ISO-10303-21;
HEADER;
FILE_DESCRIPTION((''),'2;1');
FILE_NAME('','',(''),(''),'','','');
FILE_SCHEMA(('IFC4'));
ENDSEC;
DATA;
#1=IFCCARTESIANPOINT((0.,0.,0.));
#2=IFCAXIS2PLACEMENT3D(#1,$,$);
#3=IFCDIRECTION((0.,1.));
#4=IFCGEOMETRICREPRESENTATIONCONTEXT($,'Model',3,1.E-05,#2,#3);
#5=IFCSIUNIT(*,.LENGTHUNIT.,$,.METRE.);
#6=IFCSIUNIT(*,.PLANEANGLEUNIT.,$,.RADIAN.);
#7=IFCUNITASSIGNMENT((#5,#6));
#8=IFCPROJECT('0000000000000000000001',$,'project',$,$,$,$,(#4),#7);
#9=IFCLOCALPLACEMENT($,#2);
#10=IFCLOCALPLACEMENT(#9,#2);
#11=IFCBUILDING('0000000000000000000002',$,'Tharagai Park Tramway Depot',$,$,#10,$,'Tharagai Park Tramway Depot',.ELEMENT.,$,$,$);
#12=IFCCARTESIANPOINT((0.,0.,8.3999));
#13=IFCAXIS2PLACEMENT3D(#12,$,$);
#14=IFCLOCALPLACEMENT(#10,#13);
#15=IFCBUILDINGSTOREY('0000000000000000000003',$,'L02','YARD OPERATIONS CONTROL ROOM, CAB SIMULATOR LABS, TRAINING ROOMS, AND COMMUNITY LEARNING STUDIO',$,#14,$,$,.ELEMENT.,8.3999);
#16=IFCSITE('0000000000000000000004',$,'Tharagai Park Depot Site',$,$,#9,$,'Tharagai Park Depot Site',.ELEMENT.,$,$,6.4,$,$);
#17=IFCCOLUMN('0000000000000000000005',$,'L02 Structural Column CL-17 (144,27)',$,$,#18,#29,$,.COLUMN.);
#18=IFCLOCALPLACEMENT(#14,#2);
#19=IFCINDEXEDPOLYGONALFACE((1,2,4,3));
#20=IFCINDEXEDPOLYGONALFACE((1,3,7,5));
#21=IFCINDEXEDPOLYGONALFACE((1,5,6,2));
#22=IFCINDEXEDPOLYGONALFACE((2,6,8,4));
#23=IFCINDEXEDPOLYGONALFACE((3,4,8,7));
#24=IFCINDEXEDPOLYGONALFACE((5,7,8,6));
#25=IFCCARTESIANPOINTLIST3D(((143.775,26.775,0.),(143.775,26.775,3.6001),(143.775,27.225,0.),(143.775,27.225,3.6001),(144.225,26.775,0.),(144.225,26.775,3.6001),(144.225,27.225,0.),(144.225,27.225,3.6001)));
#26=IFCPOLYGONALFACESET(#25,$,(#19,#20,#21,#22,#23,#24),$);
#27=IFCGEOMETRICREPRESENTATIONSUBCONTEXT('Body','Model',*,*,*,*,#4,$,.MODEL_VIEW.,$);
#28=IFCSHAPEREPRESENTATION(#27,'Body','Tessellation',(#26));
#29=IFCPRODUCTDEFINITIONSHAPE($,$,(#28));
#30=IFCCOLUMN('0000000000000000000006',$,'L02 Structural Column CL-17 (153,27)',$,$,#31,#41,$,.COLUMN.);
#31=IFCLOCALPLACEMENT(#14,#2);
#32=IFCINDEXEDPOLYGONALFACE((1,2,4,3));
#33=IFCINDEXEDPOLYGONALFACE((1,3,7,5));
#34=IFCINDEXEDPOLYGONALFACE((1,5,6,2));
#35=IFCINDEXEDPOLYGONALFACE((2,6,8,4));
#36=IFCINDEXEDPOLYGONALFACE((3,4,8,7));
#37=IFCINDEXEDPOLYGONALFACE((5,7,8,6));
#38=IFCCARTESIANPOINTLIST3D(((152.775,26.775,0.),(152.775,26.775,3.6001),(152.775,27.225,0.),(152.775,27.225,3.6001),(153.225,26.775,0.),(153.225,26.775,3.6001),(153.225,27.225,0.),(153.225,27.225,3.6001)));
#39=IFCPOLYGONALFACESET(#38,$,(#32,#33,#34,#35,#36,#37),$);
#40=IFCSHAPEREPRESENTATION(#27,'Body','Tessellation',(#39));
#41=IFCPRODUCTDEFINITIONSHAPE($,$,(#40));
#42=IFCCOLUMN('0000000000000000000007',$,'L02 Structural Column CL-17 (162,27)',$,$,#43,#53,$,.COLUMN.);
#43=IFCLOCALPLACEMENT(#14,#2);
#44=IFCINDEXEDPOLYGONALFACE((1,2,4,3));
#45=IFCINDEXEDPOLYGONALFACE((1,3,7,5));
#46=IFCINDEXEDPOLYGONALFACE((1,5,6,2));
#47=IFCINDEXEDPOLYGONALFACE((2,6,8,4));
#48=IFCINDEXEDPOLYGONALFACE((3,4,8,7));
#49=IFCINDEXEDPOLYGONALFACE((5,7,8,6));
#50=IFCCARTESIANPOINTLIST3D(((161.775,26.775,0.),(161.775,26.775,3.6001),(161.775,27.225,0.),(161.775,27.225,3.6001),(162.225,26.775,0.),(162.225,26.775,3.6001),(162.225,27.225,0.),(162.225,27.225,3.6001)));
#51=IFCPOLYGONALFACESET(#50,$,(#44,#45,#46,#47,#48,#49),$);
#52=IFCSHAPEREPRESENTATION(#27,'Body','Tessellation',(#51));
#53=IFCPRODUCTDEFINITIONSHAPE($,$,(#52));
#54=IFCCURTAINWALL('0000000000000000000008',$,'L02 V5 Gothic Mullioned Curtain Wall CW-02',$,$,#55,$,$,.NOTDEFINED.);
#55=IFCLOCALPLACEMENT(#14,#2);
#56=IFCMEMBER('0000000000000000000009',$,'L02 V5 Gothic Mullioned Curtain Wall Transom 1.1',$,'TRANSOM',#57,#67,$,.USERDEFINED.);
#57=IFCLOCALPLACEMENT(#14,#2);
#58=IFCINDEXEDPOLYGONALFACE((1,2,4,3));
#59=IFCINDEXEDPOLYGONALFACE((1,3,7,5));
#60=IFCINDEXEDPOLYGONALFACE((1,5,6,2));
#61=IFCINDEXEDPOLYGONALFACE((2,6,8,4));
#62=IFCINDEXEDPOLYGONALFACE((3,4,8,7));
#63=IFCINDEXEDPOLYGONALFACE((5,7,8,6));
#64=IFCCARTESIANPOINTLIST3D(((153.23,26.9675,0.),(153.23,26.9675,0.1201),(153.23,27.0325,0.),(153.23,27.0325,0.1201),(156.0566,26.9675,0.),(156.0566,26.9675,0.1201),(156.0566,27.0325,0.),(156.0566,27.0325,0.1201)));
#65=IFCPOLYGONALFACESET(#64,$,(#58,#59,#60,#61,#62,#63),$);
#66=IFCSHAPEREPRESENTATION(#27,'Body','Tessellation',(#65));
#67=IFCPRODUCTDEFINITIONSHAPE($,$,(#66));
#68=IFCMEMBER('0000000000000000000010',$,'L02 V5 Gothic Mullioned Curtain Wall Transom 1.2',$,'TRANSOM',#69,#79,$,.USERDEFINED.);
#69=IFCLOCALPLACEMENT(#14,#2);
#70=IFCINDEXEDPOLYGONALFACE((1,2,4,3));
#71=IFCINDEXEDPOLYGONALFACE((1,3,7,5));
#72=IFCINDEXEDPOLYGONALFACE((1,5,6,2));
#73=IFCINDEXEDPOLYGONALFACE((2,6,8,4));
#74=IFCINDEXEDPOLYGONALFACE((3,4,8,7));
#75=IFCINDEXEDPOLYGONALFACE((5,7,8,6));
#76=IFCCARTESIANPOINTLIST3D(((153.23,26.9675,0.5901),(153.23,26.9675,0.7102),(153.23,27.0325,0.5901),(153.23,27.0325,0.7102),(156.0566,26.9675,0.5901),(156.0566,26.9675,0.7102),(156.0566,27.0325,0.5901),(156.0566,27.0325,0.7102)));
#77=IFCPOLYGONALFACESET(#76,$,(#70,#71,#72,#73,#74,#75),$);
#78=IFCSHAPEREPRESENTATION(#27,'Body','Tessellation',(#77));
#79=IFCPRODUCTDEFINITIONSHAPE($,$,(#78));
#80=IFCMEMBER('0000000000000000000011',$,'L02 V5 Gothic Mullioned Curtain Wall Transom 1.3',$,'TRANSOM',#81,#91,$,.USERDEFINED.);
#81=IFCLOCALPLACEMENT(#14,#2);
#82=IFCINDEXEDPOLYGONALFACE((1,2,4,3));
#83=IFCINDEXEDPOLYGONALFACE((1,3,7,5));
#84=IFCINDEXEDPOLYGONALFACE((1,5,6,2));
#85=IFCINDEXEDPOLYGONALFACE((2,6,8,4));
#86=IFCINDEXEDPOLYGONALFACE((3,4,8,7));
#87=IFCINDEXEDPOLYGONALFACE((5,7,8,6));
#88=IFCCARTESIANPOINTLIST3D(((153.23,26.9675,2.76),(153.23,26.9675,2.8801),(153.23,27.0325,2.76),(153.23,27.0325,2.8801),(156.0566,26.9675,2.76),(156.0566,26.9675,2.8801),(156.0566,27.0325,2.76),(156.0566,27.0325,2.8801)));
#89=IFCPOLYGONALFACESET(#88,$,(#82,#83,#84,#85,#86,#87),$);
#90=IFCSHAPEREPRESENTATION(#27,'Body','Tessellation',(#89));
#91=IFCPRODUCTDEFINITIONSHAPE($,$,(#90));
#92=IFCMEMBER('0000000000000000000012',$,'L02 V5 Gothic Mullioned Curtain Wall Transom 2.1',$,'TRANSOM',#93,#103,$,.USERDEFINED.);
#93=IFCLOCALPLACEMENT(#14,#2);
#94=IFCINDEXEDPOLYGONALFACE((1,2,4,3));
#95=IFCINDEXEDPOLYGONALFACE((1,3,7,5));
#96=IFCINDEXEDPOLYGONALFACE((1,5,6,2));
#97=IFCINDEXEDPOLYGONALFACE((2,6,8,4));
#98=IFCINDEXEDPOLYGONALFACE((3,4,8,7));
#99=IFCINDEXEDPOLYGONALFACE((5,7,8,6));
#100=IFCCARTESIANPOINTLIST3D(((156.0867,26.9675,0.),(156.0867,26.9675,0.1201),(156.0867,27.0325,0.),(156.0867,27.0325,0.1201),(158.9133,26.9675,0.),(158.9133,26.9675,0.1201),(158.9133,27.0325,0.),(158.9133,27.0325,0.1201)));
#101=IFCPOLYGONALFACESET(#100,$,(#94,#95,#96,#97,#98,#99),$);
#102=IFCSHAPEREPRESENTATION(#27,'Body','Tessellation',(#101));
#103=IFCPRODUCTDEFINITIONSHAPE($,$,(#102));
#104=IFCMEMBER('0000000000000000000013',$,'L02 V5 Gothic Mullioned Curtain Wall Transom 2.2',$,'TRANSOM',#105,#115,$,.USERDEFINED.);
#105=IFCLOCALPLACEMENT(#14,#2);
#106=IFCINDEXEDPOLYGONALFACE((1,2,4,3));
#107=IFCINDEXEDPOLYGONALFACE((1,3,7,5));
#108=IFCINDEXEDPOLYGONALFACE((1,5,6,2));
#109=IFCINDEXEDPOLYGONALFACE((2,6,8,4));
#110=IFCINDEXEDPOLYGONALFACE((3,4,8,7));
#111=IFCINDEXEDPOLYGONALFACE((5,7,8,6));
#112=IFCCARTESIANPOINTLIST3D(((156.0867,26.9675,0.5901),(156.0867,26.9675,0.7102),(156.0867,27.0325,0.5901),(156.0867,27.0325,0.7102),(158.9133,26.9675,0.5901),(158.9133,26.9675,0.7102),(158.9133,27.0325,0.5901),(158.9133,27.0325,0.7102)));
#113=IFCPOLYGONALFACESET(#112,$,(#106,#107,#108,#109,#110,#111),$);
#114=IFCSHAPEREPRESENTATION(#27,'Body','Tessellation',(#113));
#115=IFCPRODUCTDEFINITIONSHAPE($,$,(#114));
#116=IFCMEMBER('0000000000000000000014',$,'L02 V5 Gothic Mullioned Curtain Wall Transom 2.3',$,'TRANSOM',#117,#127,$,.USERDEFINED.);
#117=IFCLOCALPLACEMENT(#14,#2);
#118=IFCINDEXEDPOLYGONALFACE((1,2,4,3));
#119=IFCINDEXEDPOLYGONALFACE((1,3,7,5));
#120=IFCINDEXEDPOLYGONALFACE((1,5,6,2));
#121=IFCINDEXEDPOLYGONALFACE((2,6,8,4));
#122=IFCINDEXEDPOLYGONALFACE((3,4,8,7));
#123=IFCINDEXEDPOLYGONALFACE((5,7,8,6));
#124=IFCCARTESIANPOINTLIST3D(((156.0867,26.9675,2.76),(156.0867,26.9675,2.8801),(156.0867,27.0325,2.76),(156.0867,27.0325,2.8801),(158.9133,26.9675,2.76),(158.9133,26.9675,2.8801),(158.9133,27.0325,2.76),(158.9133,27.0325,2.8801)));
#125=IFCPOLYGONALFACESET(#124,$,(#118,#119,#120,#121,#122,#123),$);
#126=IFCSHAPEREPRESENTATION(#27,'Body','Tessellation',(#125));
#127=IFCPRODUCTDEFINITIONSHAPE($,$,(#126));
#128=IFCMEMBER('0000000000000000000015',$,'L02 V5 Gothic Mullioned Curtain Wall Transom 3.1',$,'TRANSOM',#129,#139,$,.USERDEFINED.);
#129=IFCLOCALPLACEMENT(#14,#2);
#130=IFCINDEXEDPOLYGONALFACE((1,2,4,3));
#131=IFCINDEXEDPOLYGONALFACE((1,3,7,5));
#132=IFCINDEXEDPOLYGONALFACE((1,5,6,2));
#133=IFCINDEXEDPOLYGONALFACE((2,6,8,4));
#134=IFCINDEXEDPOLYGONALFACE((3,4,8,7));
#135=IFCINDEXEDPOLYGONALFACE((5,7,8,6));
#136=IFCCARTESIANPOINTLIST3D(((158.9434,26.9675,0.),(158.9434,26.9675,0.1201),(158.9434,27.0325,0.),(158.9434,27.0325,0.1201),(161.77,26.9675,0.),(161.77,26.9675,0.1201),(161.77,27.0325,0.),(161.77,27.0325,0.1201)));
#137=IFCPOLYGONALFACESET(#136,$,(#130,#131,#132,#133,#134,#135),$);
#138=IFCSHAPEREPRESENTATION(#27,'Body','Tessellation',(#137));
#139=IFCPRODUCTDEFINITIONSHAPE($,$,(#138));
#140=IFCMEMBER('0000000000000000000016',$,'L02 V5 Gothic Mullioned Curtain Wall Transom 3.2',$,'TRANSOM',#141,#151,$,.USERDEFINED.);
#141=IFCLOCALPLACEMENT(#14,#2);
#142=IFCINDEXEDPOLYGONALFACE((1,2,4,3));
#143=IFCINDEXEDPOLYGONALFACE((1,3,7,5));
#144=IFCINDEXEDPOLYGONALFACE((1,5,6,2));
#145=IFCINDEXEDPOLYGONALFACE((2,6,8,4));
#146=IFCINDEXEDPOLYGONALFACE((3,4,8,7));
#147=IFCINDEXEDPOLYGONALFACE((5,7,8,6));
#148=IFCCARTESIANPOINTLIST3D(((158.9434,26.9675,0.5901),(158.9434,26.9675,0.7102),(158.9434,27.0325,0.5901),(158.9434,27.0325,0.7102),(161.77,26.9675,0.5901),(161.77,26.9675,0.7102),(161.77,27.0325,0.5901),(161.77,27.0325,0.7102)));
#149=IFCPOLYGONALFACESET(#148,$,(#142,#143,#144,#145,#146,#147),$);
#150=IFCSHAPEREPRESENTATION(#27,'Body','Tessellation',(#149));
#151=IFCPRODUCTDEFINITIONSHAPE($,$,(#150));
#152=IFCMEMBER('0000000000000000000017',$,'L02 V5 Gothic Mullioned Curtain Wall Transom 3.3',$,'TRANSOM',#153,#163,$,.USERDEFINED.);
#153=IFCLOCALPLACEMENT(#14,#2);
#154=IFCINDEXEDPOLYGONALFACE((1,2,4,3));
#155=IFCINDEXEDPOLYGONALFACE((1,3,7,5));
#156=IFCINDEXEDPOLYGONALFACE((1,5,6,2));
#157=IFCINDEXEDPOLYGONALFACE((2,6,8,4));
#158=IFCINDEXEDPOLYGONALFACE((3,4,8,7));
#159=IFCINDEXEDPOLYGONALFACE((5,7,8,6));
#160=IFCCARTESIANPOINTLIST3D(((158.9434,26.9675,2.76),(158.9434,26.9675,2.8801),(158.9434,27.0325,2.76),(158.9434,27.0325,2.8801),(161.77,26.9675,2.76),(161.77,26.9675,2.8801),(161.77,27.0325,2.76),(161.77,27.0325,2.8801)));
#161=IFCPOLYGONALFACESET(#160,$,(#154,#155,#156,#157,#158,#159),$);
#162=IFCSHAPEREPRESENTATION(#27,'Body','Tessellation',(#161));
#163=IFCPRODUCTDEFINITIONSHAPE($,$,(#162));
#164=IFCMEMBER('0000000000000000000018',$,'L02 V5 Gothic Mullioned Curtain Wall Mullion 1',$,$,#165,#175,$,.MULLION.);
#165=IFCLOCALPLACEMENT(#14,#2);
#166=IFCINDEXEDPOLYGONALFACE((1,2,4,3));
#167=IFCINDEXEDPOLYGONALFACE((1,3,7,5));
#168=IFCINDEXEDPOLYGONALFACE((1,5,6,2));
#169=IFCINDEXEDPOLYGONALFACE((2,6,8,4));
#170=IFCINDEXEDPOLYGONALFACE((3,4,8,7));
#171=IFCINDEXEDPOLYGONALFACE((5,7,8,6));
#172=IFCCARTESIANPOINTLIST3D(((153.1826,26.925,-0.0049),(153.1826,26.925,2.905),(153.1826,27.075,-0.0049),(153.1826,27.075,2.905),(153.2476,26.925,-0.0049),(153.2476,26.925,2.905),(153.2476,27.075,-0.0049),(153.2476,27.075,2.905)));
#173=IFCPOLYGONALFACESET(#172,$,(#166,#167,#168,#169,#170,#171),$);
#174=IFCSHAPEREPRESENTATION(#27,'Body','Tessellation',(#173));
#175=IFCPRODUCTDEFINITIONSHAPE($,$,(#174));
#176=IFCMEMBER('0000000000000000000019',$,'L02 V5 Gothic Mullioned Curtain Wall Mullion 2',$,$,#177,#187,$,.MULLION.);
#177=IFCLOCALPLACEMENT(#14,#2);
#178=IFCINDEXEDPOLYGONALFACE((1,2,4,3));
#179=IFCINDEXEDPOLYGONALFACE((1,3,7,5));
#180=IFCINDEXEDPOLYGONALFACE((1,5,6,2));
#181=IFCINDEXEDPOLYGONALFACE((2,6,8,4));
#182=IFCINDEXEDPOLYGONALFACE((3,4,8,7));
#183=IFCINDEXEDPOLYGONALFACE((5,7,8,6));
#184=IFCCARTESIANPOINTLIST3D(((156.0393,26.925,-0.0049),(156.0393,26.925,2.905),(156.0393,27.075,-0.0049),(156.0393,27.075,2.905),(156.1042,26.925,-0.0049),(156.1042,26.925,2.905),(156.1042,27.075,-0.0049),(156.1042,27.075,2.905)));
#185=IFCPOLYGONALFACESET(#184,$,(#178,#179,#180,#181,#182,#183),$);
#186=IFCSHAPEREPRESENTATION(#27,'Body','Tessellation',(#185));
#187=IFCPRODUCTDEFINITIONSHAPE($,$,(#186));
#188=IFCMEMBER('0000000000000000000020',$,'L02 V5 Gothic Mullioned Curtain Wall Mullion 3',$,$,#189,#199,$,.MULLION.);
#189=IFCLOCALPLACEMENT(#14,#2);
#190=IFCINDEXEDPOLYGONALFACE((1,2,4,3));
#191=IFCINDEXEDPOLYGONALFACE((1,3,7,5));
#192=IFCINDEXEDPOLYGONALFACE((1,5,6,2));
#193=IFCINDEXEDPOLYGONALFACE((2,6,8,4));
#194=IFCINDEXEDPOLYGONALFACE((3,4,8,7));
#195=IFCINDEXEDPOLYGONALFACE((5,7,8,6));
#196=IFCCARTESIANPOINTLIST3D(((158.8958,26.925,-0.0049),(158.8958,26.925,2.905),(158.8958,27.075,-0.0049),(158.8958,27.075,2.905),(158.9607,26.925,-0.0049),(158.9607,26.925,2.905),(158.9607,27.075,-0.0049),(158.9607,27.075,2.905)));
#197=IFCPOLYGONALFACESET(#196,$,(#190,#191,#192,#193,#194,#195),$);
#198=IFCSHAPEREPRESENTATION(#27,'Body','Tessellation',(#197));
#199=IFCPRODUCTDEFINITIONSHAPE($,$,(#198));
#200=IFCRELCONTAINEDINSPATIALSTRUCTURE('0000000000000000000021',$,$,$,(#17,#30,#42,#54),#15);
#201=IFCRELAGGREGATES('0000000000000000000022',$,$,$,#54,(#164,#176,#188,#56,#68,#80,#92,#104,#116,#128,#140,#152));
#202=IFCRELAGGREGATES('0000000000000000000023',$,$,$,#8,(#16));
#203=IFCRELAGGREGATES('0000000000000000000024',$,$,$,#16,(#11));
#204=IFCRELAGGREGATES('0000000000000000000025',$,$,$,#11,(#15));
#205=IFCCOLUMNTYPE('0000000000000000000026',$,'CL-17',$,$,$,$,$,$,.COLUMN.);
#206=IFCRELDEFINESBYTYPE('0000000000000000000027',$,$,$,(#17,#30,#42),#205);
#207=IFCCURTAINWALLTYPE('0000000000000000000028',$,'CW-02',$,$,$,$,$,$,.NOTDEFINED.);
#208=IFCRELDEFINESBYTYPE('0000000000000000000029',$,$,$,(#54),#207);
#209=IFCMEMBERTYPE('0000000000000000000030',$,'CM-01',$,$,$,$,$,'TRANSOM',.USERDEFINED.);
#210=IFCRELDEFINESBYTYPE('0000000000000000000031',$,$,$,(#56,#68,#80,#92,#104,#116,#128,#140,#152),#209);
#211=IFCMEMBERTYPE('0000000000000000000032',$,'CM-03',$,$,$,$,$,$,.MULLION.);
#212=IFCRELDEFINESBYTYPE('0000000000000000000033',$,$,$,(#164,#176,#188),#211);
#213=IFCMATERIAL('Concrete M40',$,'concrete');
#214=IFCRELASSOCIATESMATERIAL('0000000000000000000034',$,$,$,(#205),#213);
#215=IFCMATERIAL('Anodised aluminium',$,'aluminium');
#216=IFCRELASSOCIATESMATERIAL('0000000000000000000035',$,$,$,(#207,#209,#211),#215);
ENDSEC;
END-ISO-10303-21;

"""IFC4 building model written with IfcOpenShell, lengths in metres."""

from ifc_helpers import new_model, si_unit, direction, frame, origin, origin_2d, place, context, subcontext, project, spatial, rectangle, extrude, material, material_profile, profile_set, type_object, element, aggregate, save


model = new_model("IFC4")

# Units and contexts
model_context = context("Model", 3, precision=1e-05, world=origin(), true_north=direction((0.0, 1.0)))
body_context = subcontext(model_context, "Body", "Model", "MODEL_VIEW")
ifc_project = project(units=[si_unit("LENGTHUNIT", "METRE"), si_unit("PLANEANGLEUNIT", "RADIAN")], contexts=[model_context])

# Site, building, storey
site_placement = place(None, origin())
site = spatial("IfcSite", under=ifc_project, at=site_placement, Name="Tharagai Park Depot Site", LongName="Tharagai Park Depot Site", CompositionType="ELEMENT", RefElevation=6.4)
building_placement = place(site_placement, origin())
building = spatial("IfcBuilding", under=site, at=building_placement, Name="Tharagai Park Tramway Depot", LongName="Tharagai Park Tramway Depot", CompositionType="ELEMENT")
storey_placement = place(building_placement, frame((0.0, 0.0, 8.3999)))
storey = spatial("IfcBuildingStorey", under=building, at=storey_placement, Name="L02", Description="YARD OPERATIONS CONTROL ROOM, CAB SIMULATOR LABS, TRAINING ROOMS, AND COMMUNITY LEARNING STUDIO", CompositionType="ELEMENT", Elevation=8.3999)

# Columns
ifc_material_1 = material(Name="Concrete M40", Category="concrete")
ifc_material_profile_1 = material_profile(ifc_material_1, rectangle(XDim=0.45, YDim=0.45, at=origin_2d()), Name="RC 450x450")
ifc_profile_set_1 = profile_set([ifc_material_profile_1], Name="Concrete M40")
column_type = type_object("IfcColumnType", Name="CL-17", PredefinedType="COLUMN", material=ifc_profile_set_1)
for number, where, z_axis, x_axis, name in (
    (1, (144.0, 27.0, 0.0), (0.0, 0.0, 1.0), (1.0, 0.0, 0.0), "L02 Structural Column CL-17 (144,27)"),
    (2, (153.0, 27.0, 0.0), (0.0, 0.0, 1.0), (1.0, 0.0, 0.0), "L02 Structural Column CL-17 (153,27)"),
    (3, (162.0, 27.0, 0.0), (0.0, 0.0, 1.0), (1.0, 0.0, 0.0), "L02 Structural Column CL-17 (162,27)"),
):
    element("IfcColumn", number, at=place(storey_placement, frame(where, z_axis=z_axis, x_axis=x_axis)), inside=storey, type_object=column_type, Name=name, PredefinedType="COLUMN", context=body_context, shape_type="SweptSolid", body=[
        extrude(rectangle(XDim=0.45, YDim=0.45, at=origin_2d()), origin(), (0.0, 0.0, 1.0), 3.6001),
    ])

# Curtain wall, members
ifc_material_2 = material(Name="Anodised aluminium", Category="aluminium")
curtain_wall_type = type_object("IfcCurtainWallType", Name="CW-02", PredefinedType="NOTDEFINED", material=ifc_material_2)
curtain_wall_placement = place(storey_placement, origin())
curtain_wall = element("IfcCurtainWall", 4, at=curtain_wall_placement, inside=storey, type_object=curtain_wall_type, Name="L02 V5 Gothic Mullioned Curtain Wall CW-02", PredefinedType="NOTDEFINED")
ifc_material_profile_2 = material_profile(ifc_material_2, rectangle(XDim=0.0649, YDim=0.1201, at=origin_2d()), Name="ALU 65x120")
ifc_profile_set_2 = profile_set([ifc_material_profile_2], Name="Anodised aluminium")
member_type_1 = type_object("IfcMemberType", Name="CM-01", ElementType="TRANSOM", PredefinedType="USERDEFINED", material=ifc_profile_set_2)
member_1_placement = place(storey_placement, frame((153.23, 27.0, 0.0601), z_axis=(1.0, 0.0, 0.0), x_axis=(0.0, 1.0, 0.0)))
member_1 = element("IfcMember", 5, at=member_1_placement, type_object=member_type_1, Name="L02 V5 Gothic Mullioned Curtain Wall Transom 1.1", ObjectType="TRANSOM", PredefinedType="USERDEFINED", context=body_context, shape_type="SweptSolid", body=[
    extrude(rectangle(XDim=0.0649, YDim=0.1201, at=origin_2d()), origin(), (0.0, 0.0, 1.0), 2.8267),
])
member_2_placement = place(storey_placement, frame((153.23, 27.0, 0.6501), z_axis=(1.0, 0.0, 0.0), x_axis=(0.0, 1.0, 0.0)))
member_2 = element("IfcMember", 6, at=member_2_placement, type_object=member_type_1, Name="L02 V5 Gothic Mullioned Curtain Wall Transom 1.2", ObjectType="TRANSOM", PredefinedType="USERDEFINED", context=body_context, shape_type="SweptSolid", body=[
    extrude(rectangle(XDim=0.0649, YDim=0.1201, at=origin_2d()), origin(), (0.0, 0.0, 1.0), 2.8267),
])
member_3_placement = place(storey_placement, frame((153.23, 27.0, 2.8201), z_axis=(1.0, 0.0, 0.0), x_axis=(0.0, 1.0, 0.0)))
member_3 = element("IfcMember", 7, at=member_3_placement, type_object=member_type_1, Name="L02 V5 Gothic Mullioned Curtain Wall Transom 1.3", ObjectType="TRANSOM", PredefinedType="USERDEFINED", context=body_context, shape_type="SweptSolid", body=[
    extrude(rectangle(XDim=0.0649, YDim=0.1201, at=origin_2d()), origin(), (0.0, 0.0, 1.0), 2.8267),
])
member_4_placement = place(storey_placement, frame((156.0867, 27.0, 0.0601), z_axis=(1.0, 0.0, 0.0), x_axis=(0.0, 1.0, 0.0)))
member_4 = element("IfcMember", 8, at=member_4_placement, type_object=member_type_1, Name="L02 V5 Gothic Mullioned Curtain Wall Transom 2.1", ObjectType="TRANSOM", PredefinedType="USERDEFINED", context=body_context, shape_type="SweptSolid", body=[
    extrude(rectangle(XDim=0.0649, YDim=0.1201, at=origin_2d()), origin(), (0.0, 0.0, 1.0), 2.8267),
])
member_5_placement = place(storey_placement, frame((156.0867, 27.0, 0.6501), z_axis=(1.0, 0.0, 0.0), x_axis=(0.0, 1.0, 0.0)))
member_5 = element("IfcMember", 9, at=member_5_placement, type_object=member_type_1, Name="L02 V5 Gothic Mullioned Curtain Wall Transom 2.2", ObjectType="TRANSOM", PredefinedType="USERDEFINED", context=body_context, shape_type="SweptSolid", body=[
    extrude(rectangle(XDim=0.0649, YDim=0.1201, at=origin_2d()), origin(), (0.0, 0.0, 1.0), 2.8267),
])
member_6_placement = place(storey_placement, frame((156.0867, 27.0, 2.8201), z_axis=(1.0, 0.0, 0.0), x_axis=(0.0, 1.0, 0.0)))
member_6 = element("IfcMember", 10, at=member_6_placement, type_object=member_type_1, Name="L02 V5 Gothic Mullioned Curtain Wall Transom 2.3", ObjectType="TRANSOM", PredefinedType="USERDEFINED", context=body_context, shape_type="SweptSolid", body=[
    extrude(rectangle(XDim=0.0649, YDim=0.1201, at=origin_2d()), origin(), (0.0, 0.0, 1.0), 2.8267),
])
member_7_placement = place(storey_placement, frame((158.9434, 27.0, 0.0601), z_axis=(1.0, 0.0, 0.0), x_axis=(0.0, 1.0, 0.0)))
member_7 = element("IfcMember", 11, at=member_7_placement, type_object=member_type_1, Name="L02 V5 Gothic Mullioned Curtain Wall Transom 3.1", ObjectType="TRANSOM", PredefinedType="USERDEFINED", context=body_context, shape_type="SweptSolid", body=[
    extrude(rectangle(XDim=0.0649, YDim=0.1201, at=origin_2d()), origin(), (0.0, 0.0, 1.0), 2.8267),
])
member_8_placement = place(storey_placement, frame((158.9434, 27.0, 0.6501), z_axis=(1.0, 0.0, 0.0), x_axis=(0.0, 1.0, 0.0)))
member_8 = element("IfcMember", 12, at=member_8_placement, type_object=member_type_1, Name="L02 V5 Gothic Mullioned Curtain Wall Transom 3.2", ObjectType="TRANSOM", PredefinedType="USERDEFINED", context=body_context, shape_type="SweptSolid", body=[
    extrude(rectangle(XDim=0.0649, YDim=0.1201, at=origin_2d()), origin(), (0.0, 0.0, 1.0), 2.8267),
])
member_9_placement = place(storey_placement, frame((158.9434, 27.0, 2.8201), z_axis=(1.0, 0.0, 0.0), x_axis=(0.0, 1.0, 0.0)))
member_9 = element("IfcMember", 13, at=member_9_placement, type_object=member_type_1, Name="L02 V5 Gothic Mullioned Curtain Wall Transom 3.3", ObjectType="TRANSOM", PredefinedType="USERDEFINED", context=body_context, shape_type="SweptSolid", body=[
    extrude(rectangle(XDim=0.0649, YDim=0.1201, at=origin_2d()), origin(), (0.0, 0.0, 1.0), 2.8267),
])
ifc_material_profile_3 = material_profile(ifc_material_2, rectangle(XDim=0.0649, YDim=0.1499, at=origin_2d()), Name="ALU 65x150")
ifc_profile_set_3 = profile_set([ifc_material_profile_3], Name="Anodised aluminium")
member_type_2 = type_object("IfcMemberType", Name="CM-03", PredefinedType="MULLION", material=ifc_profile_set_3)
member_10_placement = place(storey_placement, frame((153.2151, 27.0, -0.0049), z_axis=(0.0, 0.0, 1.0), x_axis=(1.0, 0.0, 0.0)))
member_10 = element("IfcMember", 14, at=member_10_placement, type_object=member_type_2, Name="L02 V5 Gothic Mullioned Curtain Wall Mullion 1", PredefinedType="MULLION", context=body_context, shape_type="SweptSolid", body=[
    extrude(rectangle(XDim=0.0649, YDim=0.1499, at=origin_2d()), origin(), (0.0, 0.0, 1.0), 2.9099),
])
member_11_placement = place(storey_placement, frame((156.0718, 27.0, -0.0049), z_axis=(0.0, 0.0, 1.0), x_axis=(1.0, 0.0, 0.0)))
member_11 = element("IfcMember", 15, at=member_11_placement, type_object=member_type_2, Name="L02 V5 Gothic Mullioned Curtain Wall Mullion 2", PredefinedType="MULLION", context=body_context, shape_type="SweptSolid", body=[
    extrude(rectangle(XDim=0.0649, YDim=0.1499, at=origin_2d()), origin(), (0.0, 0.0, 1.0), 2.9099),
])
member_12_placement = place(storey_placement, frame((158.9282, 27.0, -0.0049), z_axis=(0.0, 0.0, 1.0), x_axis=(1.0, 0.0, 0.0)))
member_12 = element("IfcMember", 16, at=member_12_placement, type_object=member_type_2, Name="L02 V5 Gothic Mullioned Curtain Wall Mullion 3", PredefinedType="MULLION", context=body_context, shape_type="SweptSolid", body=[
    extrude(rectangle(XDim=0.0649, YDim=0.1499, at=origin_2d()), origin(), (0.0, 0.0, 1.0), 2.9099),
])

aggregate(curtain_wall, [member_10, member_11, member_12, member_1, member_2, member_3, member_4, member_5, member_6, member_7, member_8, member_9])

save(model, "model.ifc")
